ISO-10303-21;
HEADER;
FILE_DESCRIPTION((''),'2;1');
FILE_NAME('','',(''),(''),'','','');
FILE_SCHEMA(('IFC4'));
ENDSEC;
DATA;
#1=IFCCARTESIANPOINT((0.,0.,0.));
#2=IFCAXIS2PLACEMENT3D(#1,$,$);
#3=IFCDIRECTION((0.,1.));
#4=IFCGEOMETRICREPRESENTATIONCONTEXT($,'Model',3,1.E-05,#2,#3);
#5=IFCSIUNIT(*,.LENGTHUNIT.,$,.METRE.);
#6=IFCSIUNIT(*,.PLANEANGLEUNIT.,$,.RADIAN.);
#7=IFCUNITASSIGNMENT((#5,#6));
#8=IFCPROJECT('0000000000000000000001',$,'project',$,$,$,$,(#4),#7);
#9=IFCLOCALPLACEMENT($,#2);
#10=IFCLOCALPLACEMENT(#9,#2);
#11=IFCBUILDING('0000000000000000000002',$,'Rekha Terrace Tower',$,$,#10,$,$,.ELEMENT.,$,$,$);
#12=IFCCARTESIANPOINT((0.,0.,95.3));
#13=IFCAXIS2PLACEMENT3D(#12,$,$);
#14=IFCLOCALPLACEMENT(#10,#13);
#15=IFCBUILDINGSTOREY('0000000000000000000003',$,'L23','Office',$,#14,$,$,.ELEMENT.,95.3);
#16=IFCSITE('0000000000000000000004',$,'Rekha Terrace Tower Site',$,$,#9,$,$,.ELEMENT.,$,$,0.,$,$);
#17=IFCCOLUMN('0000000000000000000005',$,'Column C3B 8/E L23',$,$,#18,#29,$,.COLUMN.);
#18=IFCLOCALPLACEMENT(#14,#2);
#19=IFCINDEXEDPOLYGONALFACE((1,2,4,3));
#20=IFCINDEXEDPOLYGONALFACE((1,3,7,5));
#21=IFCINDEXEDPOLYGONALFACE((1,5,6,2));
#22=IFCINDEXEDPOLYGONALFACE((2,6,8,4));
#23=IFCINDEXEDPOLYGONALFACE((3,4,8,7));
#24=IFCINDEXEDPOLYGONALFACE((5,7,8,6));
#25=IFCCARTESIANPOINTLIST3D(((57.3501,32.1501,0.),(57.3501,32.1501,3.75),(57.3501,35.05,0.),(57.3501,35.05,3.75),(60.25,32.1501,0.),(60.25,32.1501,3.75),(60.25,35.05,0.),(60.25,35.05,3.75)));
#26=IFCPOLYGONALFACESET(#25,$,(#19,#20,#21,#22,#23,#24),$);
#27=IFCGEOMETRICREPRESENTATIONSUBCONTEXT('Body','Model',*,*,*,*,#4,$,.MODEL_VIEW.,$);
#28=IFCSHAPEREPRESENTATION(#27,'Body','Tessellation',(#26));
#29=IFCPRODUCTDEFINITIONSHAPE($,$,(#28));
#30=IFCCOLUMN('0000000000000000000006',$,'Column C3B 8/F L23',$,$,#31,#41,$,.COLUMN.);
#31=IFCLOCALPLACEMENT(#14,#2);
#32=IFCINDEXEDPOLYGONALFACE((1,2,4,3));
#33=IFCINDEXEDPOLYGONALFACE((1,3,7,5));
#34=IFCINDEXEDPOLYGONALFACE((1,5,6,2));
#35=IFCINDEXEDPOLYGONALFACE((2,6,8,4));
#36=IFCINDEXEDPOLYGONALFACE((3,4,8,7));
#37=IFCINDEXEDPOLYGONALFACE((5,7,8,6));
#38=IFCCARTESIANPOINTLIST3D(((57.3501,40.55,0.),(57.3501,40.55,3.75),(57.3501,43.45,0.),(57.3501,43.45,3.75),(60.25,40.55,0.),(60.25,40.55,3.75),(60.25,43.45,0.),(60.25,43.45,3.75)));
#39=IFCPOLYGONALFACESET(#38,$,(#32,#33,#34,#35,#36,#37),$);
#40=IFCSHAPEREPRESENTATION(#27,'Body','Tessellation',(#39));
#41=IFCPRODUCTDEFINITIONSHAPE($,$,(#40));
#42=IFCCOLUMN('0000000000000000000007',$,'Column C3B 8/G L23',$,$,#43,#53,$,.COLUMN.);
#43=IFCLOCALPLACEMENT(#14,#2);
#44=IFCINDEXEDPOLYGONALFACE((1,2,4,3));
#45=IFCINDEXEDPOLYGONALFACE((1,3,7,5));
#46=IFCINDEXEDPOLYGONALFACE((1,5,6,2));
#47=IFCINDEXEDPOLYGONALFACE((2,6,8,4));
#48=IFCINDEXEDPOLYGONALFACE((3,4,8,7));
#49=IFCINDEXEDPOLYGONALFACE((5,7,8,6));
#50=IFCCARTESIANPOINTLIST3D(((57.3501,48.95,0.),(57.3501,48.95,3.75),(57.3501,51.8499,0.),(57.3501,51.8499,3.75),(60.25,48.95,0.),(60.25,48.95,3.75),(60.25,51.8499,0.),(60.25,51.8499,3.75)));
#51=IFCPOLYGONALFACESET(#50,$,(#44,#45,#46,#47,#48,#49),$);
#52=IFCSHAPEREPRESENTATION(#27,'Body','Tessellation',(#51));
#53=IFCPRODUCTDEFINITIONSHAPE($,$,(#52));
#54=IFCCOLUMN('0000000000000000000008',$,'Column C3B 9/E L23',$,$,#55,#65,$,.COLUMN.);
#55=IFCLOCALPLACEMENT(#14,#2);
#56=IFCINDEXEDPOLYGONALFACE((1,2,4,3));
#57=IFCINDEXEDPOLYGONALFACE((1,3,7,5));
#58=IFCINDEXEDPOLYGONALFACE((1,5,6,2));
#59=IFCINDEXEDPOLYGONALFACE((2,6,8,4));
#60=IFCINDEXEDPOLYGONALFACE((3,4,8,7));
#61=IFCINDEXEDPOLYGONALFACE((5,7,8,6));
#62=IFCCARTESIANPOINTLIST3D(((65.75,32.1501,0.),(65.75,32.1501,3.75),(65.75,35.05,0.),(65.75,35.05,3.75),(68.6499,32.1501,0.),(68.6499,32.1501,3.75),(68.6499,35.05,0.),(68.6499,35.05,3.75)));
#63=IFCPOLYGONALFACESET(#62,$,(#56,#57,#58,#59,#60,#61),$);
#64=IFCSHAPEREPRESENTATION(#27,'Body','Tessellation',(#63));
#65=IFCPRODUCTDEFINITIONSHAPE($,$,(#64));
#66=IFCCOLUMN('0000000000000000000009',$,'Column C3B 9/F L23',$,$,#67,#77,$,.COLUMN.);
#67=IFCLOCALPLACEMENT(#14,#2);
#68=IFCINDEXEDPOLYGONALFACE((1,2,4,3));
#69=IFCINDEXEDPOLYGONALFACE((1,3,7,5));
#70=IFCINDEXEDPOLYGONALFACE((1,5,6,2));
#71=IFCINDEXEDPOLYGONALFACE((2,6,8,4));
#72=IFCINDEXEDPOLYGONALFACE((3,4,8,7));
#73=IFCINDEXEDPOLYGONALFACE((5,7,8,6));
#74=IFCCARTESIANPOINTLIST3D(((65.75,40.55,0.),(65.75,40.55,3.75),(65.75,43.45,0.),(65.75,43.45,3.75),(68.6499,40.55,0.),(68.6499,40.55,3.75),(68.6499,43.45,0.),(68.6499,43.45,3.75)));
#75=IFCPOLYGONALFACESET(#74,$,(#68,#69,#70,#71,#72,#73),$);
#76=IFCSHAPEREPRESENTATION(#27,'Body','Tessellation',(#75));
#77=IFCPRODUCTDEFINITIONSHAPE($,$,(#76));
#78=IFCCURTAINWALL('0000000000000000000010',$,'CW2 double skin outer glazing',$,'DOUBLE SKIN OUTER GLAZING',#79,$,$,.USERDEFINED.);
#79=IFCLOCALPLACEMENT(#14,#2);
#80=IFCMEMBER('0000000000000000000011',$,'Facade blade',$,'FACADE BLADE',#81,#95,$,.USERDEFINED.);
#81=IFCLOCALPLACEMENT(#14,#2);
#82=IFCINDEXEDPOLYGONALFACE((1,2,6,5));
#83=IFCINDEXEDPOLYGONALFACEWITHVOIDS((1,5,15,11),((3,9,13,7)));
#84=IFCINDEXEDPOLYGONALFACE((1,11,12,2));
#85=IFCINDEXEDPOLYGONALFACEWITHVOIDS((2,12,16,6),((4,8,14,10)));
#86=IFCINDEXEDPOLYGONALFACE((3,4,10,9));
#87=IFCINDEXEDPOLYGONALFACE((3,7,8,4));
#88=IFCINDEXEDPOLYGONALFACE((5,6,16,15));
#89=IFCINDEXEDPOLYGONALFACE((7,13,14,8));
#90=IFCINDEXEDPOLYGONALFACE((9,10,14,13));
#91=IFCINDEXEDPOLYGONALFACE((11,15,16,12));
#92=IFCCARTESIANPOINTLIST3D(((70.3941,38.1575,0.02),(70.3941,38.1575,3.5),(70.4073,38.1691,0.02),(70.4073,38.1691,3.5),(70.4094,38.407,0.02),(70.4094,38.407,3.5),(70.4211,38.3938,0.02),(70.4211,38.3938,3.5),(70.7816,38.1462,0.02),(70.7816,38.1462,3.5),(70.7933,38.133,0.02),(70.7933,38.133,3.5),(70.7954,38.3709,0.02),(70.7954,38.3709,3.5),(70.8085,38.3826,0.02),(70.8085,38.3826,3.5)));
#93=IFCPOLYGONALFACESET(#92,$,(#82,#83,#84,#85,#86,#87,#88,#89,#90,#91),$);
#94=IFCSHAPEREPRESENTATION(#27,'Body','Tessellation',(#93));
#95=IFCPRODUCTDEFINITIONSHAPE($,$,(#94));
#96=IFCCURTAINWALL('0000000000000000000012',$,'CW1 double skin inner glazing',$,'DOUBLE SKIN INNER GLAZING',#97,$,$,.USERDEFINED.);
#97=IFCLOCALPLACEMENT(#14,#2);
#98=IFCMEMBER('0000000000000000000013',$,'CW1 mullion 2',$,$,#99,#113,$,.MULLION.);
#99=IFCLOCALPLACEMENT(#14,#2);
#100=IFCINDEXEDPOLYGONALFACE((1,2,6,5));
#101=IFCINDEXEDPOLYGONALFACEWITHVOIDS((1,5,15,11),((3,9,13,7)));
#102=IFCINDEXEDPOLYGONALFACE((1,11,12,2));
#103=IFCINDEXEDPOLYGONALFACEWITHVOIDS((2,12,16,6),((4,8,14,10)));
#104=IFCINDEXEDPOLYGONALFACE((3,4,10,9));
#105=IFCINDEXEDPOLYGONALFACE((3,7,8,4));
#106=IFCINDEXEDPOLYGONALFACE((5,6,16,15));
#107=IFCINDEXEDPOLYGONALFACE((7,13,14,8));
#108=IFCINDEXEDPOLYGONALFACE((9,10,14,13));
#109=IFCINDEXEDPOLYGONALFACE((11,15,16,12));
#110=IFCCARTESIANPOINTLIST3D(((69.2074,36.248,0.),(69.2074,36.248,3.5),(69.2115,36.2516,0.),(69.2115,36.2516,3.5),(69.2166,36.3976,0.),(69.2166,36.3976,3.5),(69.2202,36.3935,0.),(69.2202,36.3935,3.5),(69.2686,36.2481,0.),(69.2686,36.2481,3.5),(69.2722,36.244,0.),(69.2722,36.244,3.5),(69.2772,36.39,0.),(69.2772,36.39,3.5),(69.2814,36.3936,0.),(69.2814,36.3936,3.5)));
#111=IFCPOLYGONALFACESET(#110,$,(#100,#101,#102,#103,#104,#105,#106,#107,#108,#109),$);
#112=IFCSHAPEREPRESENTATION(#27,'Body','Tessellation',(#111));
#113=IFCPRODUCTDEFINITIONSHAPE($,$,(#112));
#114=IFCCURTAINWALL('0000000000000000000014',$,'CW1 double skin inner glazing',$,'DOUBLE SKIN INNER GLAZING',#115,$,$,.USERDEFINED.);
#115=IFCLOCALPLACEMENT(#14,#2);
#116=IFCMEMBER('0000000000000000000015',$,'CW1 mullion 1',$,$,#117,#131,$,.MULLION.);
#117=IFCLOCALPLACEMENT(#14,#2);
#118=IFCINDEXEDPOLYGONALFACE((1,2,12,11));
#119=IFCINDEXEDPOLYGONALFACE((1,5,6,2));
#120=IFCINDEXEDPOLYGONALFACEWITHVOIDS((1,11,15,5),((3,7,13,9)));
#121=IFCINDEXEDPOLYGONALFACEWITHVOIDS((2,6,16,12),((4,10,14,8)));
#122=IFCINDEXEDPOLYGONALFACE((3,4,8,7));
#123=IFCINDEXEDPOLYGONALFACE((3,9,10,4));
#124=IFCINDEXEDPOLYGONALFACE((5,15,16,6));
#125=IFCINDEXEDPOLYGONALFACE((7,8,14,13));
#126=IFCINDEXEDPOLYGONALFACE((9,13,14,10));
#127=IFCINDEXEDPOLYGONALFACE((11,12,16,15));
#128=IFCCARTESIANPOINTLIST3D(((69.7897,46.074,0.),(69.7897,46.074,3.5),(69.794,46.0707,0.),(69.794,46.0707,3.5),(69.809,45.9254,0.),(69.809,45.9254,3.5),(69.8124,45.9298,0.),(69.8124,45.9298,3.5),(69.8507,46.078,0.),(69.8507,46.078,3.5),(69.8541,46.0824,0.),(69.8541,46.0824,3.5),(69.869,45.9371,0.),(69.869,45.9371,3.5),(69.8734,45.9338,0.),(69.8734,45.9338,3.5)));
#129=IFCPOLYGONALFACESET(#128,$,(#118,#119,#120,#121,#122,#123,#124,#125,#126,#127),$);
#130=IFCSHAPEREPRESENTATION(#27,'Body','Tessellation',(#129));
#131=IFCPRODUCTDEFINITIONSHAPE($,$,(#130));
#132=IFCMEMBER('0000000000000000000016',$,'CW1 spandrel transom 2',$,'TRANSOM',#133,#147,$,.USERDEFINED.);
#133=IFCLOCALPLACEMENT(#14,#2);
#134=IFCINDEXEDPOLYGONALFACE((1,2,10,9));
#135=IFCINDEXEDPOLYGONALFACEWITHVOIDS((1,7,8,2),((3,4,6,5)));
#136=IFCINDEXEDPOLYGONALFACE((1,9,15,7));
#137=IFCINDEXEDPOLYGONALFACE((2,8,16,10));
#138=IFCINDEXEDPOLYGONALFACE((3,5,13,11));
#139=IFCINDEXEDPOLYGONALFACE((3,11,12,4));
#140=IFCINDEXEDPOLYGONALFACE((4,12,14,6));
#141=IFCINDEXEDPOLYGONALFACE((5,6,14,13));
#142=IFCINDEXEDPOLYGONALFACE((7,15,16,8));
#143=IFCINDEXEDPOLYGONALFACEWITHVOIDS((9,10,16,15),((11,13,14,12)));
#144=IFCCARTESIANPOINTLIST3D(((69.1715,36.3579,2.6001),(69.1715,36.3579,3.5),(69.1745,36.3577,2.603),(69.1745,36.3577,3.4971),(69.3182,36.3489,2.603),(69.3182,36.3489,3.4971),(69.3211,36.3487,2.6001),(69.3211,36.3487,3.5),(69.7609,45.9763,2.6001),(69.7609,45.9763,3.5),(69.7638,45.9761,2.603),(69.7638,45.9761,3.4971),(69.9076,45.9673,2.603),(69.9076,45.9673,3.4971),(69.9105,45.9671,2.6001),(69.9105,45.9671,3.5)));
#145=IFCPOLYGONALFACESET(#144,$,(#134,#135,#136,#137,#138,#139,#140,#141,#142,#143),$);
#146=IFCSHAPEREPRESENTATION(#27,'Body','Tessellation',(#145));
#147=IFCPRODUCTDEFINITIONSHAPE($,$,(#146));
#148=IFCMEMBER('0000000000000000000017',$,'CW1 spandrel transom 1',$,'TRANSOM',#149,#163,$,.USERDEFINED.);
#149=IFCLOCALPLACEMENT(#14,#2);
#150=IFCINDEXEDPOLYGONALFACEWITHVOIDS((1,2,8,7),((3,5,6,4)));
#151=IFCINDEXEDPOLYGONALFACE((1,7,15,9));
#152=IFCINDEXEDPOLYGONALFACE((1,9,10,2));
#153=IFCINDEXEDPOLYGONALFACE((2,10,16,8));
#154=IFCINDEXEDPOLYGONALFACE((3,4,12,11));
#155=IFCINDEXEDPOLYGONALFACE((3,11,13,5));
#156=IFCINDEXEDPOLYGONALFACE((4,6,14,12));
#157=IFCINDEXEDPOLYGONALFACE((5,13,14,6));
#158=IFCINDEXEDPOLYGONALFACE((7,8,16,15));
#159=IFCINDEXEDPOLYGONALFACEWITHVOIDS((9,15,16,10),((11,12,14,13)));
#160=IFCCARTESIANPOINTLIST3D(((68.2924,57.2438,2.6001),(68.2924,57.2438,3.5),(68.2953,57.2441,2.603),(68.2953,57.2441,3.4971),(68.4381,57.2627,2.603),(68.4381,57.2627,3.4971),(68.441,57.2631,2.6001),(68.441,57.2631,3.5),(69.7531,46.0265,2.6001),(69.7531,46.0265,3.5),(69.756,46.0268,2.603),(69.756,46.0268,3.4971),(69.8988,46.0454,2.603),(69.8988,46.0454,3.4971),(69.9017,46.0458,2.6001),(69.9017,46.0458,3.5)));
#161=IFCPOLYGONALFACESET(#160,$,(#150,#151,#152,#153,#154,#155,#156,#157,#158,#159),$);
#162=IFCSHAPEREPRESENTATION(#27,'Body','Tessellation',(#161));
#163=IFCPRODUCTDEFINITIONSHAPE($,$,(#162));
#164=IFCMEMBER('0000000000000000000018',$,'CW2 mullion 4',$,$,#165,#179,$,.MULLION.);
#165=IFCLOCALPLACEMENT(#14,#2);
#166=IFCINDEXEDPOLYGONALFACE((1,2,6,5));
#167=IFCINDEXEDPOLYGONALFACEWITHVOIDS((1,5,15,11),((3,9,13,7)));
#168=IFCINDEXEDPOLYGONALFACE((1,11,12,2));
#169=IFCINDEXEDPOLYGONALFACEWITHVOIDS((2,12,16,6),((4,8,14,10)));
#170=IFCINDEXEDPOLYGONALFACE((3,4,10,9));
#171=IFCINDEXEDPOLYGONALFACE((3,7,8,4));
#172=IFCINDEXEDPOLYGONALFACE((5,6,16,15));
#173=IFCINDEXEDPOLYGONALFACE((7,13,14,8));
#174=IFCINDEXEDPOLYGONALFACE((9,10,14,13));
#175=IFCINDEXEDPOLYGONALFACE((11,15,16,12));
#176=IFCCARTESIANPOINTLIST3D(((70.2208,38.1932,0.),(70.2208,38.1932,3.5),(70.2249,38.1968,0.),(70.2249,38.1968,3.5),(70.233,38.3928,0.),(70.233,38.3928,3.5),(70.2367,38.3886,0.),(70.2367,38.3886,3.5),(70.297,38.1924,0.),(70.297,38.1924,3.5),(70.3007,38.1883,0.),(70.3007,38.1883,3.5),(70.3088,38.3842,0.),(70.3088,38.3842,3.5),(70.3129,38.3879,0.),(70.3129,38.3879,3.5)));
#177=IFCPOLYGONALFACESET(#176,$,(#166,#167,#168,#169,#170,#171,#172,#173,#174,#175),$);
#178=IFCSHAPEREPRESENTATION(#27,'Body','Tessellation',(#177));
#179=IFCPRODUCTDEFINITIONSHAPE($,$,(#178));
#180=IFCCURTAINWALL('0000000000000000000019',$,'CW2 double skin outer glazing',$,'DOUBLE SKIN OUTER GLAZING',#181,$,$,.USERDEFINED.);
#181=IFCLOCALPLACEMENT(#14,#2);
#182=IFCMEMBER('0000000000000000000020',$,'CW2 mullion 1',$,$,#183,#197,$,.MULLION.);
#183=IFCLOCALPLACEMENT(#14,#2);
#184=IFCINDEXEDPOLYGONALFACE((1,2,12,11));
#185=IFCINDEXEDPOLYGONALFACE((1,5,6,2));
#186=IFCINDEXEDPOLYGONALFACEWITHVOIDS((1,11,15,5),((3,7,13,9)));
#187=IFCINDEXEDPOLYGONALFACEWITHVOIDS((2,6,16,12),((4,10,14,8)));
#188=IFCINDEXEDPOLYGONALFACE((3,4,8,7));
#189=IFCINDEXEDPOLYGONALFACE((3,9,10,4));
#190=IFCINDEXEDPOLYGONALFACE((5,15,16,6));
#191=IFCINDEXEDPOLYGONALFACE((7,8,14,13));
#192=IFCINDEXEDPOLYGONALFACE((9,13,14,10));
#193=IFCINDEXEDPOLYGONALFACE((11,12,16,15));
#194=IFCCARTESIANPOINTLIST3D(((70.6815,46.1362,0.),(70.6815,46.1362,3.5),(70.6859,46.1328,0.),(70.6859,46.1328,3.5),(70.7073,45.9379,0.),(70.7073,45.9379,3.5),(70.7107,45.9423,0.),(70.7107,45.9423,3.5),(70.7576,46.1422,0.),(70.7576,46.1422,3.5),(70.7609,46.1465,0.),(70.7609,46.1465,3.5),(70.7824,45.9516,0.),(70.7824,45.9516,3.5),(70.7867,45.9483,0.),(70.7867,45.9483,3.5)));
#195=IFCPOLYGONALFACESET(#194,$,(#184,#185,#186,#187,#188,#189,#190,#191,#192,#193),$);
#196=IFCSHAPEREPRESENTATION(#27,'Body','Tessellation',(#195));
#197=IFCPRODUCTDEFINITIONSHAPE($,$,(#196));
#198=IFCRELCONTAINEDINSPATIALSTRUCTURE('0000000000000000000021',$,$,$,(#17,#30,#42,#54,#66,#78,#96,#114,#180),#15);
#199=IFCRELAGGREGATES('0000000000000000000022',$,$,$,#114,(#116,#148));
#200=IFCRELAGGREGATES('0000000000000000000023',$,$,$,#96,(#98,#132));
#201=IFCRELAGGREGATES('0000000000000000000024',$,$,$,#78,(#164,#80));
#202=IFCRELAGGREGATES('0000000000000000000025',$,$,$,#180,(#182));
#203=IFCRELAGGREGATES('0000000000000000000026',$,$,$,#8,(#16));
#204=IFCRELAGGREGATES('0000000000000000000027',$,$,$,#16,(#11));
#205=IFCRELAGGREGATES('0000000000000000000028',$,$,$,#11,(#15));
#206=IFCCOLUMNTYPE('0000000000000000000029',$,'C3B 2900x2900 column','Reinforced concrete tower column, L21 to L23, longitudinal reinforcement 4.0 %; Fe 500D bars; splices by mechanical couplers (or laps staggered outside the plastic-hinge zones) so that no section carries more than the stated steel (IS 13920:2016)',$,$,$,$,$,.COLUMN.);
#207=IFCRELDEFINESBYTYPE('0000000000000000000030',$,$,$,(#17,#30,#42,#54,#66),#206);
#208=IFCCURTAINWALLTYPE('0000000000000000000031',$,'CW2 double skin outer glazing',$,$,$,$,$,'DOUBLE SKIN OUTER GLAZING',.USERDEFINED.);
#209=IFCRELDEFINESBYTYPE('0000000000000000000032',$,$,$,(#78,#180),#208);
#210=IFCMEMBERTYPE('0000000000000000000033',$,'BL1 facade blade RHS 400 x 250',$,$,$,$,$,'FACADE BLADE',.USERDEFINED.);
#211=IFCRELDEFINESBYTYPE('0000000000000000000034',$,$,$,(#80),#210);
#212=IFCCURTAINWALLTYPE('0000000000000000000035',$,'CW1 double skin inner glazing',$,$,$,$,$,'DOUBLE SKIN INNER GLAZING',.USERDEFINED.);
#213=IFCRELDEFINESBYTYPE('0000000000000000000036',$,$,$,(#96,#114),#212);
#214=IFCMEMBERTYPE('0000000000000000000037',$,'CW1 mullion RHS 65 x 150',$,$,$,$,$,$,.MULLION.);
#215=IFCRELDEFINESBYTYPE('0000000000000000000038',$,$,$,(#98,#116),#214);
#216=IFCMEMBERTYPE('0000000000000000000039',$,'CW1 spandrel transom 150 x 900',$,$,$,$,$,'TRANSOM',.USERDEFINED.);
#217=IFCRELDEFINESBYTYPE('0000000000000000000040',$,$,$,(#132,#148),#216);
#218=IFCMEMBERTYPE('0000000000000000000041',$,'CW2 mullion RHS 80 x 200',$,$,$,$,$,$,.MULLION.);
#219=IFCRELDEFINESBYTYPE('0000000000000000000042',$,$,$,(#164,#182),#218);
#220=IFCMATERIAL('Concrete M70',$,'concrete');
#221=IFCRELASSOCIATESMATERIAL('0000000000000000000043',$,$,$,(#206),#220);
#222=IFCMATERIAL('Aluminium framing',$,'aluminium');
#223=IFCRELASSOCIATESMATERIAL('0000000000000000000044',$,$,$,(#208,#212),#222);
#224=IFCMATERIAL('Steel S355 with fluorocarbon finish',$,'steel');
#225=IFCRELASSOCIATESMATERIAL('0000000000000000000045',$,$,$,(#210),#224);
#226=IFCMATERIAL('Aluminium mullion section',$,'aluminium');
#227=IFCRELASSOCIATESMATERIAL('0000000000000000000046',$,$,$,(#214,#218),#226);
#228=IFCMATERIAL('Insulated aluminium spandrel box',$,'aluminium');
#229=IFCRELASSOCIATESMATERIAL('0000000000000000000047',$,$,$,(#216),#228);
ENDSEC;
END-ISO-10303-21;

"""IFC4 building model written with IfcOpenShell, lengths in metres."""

from ifc_helpers import new_model, si_unit, direction, frame, origin, origin_2d, place, context, subcontext, project, spatial, rectangle, hollow_rectangle, extrude, material, material_profile, profile_set, type_object, element, aggregate, save


model = new_model("IFC4")

# Units and contexts
model_context = context("Model", 3, precision=1e-05, world=origin(), true_north=direction((0.0, 1.0)))
body_context = subcontext(model_context, "Body", "Model", "MODEL_VIEW")
ifc_project = project(units=[si_unit("LENGTHUNIT", "METRE"), si_unit("PLANEANGLEUNIT", "RADIAN")], contexts=[model_context])

# Site, building, storey
site_placement = place(None, origin())
site = spatial("IfcSite", under=ifc_project, at=site_placement, Name="Rekha Terrace Tower Site", CompositionType="ELEMENT", RefElevation=0.0)
building_placement = place(site_placement, origin())
building = spatial("IfcBuilding", under=site, at=building_placement, Name="Rekha Terrace Tower", CompositionType="ELEMENT")
storey_placement = place(building_placement, frame((0.0, 0.0, 95.3)))
storey = spatial("IfcBuildingStorey", under=building, at=storey_placement, Name="L23", Description="Office", CompositionType="ELEMENT", Elevation=95.3)

# Columns
ifc_material_1 = material(Name="Concrete M70", Category="concrete")
ifc_material_profile_1 = material_profile(ifc_material_1, rectangle(XDim=2.8999, YDim=2.8999, at=origin_2d()), Name="RC 2900x2900")
ifc_profile_set_1 = profile_set([ifc_material_profile_1], Name="Concrete M70")
column_type = type_object("IfcColumnType", Name="C3B 2900x2900 column", Description="Reinforced concrete tower column, L21 to L23, longitudinal reinforcement 4.0 %; Fe 500D bars; splices by mechanical couplers (or laps staggered outside the plastic-hinge zones) so that no section carries more than the stated steel (IS 13920:2016)", PredefinedType="COLUMN", material=ifc_profile_set_1)
for number, where, z_axis, x_axis, name in (
    (1, (58.8, 33.6001, 0.0), (0.0, 0.0, 1.0), (1.0, 0.0, 0.0), "Column C3B 8/E L23"),
    (2, (58.8, 42.0, 0.0), (0.0, 0.0, 1.0), (1.0, 0.0, 0.0), "Column C3B 8/F L23"),
    (3, (58.8, 50.3999, 0.0), (0.0, 0.0, 1.0), (1.0, 0.0, 0.0), "Column C3B 8/G L23"),
    (4, (67.2, 33.6001, 0.0), (0.0, 0.0, 1.0), (1.0, 0.0, 0.0), "Column C3B 9/E L23"),
    (5, (67.2, 42.0, 0.0), (0.0, 0.0, 1.0), (1.0, 0.0, 0.0), "Column C3B 9/F L23"),
):
    element("IfcColumn", number, at=place(storey_placement, frame(where, z_axis=z_axis, x_axis=x_axis)), inside=storey, type_object=column_type, Name=name, PredefinedType="COLUMN", context=body_context, shape_type="SweptSolid", body=[
        extrude(rectangle(XDim=2.8999, YDim=2.8999, at=origin_2d()), origin(), (0.0, 0.0, 1.0), 3.75),
    ])

# Curtain walls, members
ifc_material_2 = material(Name="Aluminium framing", Category="aluminium")
curtain_wall_type_1 = type_object("IfcCurtainWallType", Name="CW2 double skin outer glazing", ElementType="DOUBLE SKIN OUTER GLAZING", PredefinedType="USERDEFINED", material=ifc_material_2)
curtain_wall_1_placement = place(storey_placement, origin())
curtain_wall_1 = element("IfcCurtainWall", 6, at=curtain_wall_1_placement, inside=storey, type_object=curtain_wall_type_1, Name="CW2 double skin outer glazing", ObjectType="DOUBLE SKIN OUTER GLAZING", PredefinedType="USERDEFINED")
ifc_material_3 = material(Name="Steel S355 with fluorocarbon finish", Category="steel")
ifc_material_profile_2 = material_profile(ifc_material_3, hollow_rectangle(XDim=0.25, YDim=0.3999, WallThickness=0.0125, at=origin_2d()), Name="RHS400x250x12.5")
ifc_profile_set_2 = profile_set([ifc_material_profile_2], Name="Steel S355 with fluorocarbon finish")
member_type_1 = type_object("IfcMemberType", Name="BL1 facade blade RHS 400 x 250", ElementType="FACADE BLADE", PredefinedType="USERDEFINED", material=ifc_profile_set_2)
member_1_placement = place(storey_placement, frame((70.6013, 38.27, 0.02), z_axis=(0.0, 0.0, 1.0), x_axis=(0.06116, 0.998128, 0.0)))
member_1 = element("IfcMember", 7, at=member_1_placement, type_object=member_type_1, Name="Facade blade", ObjectType="FACADE BLADE", PredefinedType="USERDEFINED", context=body_context, shape_type="SweptSolid", body=[
    extrude(hollow_rectangle(XDim=0.25, YDim=0.3999, WallThickness=0.0125, at=origin_2d()), origin(), (0.0, 0.0, 1.0), 3.48),
])
curtain_wall_type_2 = type_object("IfcCurtainWallType", Name="CW1 double skin inner glazing", ElementType="DOUBLE SKIN INNER GLAZING", PredefinedType="USERDEFINED", material=ifc_material_2)
curtain_wall_2_placement = place(storey_placement, origin())
curtain_wall_2 = element("IfcCurtainWall", 8, at=curtain_wall_2_placement, inside=storey, type_object=curtain_wall_type_2, Name="CW1 double skin inner glazing", ObjectType="DOUBLE SKIN INNER GLAZING", PredefinedType="USERDEFINED")
ifc_material_4 = material(Name="Aluminium mullion section", Category="aluminium")
ifc_material_profile_3 = material_profile(ifc_material_4, hollow_rectangle(XDim=0.0649, YDim=0.1499, WallThickness=0.0039, at=origin_2d()), Name="AL RHS 65x150")
ifc_profile_set_3 = profile_set([ifc_material_profile_3], Name="Aluminium mullion section")
member_type_2 = type_object("IfcMemberType", Name="CW1 mullion RHS 65 x 150", PredefinedType="MULLION", material=ifc_profile_set_3)
member_2_placement = place(storey_placement, frame((69.2444, 36.3208, 0.0), z_axis=(0.0, 0.0, 1.0), x_axis=(-0.998128, 0.06116, 0.0)))
member_2 = element("IfcMember", 9, at=member_2_placement, type_object=member_type_2, Name="CW1 mullion 2", PredefinedType="MULLION", context=body_context, shape_type="SweptSolid", body=[
    extrude(hollow_rectangle(XDim=0.0649, YDim=0.1499, WallThickness=0.0039, at=origin_2d()), origin(), (0.0, 0.0, 1.0), 3.5),
])
curtain_wall_3_placement = place(storey_placement, origin())
curtain_wall_3 = element("IfcCurtainWall", 10, at=curtain_wall_3_placement, inside=storey, type_object=curtain_wall_type_2, Name="CW1 double skin inner glazing", ObjectType="DOUBLE SKIN INNER GLAZING", PredefinedType="USERDEFINED")
member_3_placement = place(storey_placement, frame((69.8315, 46.0039, 0.0), z_axis=(0.0, 0.0, 1.0), x_axis=(-0.991629, -0.129118, 0.0)))
member_3 = element("IfcMember", 11, at=member_3_placement, type_object=member_type_2, Name="CW1 mullion 1", PredefinedType="MULLION", context=body_context, shape_type="SweptSolid", body=[
    extrude(hollow_rectangle(XDim=0.0649, YDim=0.1499, WallThickness=0.0039, at=origin_2d()), origin(), (0.0, 0.0, 1.0), 3.5),
])

# Members
ifc_material_5 = material(Name="Insulated aluminium spandrel box", Category="aluminium")
ifc_material_profile_4 = material_profile(ifc_material_5, hollow_rectangle(XDim=0.1499, YDim=0.8999, WallThickness=0.0029, at=origin_2d()), Name="AL SPANDREL BOX 150x900")
ifc_profile_set_4 = profile_set([ifc_material_profile_4], Name="Insulated aluminium spandrel box")
member_type_3 = type_object("IfcMemberType", Name="CW1 spandrel transom 150 x 900", ElementType="TRANSOM", PredefinedType="USERDEFINED", material=ifc_profile_set_4)
member_4_placement = place(storey_placement, frame((69.2463, 36.3533, 3.05), z_axis=(0.061159, 0.998128, 0.0), x_axis=(-0.998128, 0.061159, 0.0)))
member_4 = element("IfcMember", 12, at=member_4_placement, type_object=member_type_3, Name="CW1 spandrel transom 2", ObjectType="TRANSOM", PredefinedType="USERDEFINED", context=body_context, shape_type="SweptSolid", body=[
    extrude(hollow_rectangle(XDim=0.1499, YDim=0.8999, WallThickness=0.0029, at=origin_2d()), origin(), (0.0, 0.0, 1.0), 9.6365),
])
member_5_placement = place(storey_placement, frame((69.8274, 46.0361, 3.05), z_axis=(-0.129128, 0.991628, 0.0), x_axis=(-0.991628, -0.129128, 0.0)))
member_5 = element("IfcMember", 13, at=member_5_placement, type_object=member_type_3, Name="CW1 spandrel transom 1", ObjectType="TRANSOM", PredefinedType="USERDEFINED", context=body_context, shape_type="SweptSolid", body=[
    extrude(hollow_rectangle(XDim=0.1499, YDim=0.8999, WallThickness=0.0029, at=origin_2d()), origin(), (0.0, 0.0, 1.0), 11.312),
])
aggregate(curtain_wall_3, [member_3, member_5])
ifc_material_profile_5 = material_profile(ifc_material_4, hollow_rectangle(XDim=0.0801, YDim=0.2, WallThickness=0.0039, at=origin_2d()), Name="AL RHS 80x200")
ifc_profile_set_5 = profile_set([ifc_material_profile_5], Name="Aluminium mullion section")
member_type_4 = type_object("IfcMemberType", Name="CW2 mullion RHS 80 x 200", PredefinedType="MULLION", material=ifc_profile_set_5)
member_6_placement = place(storey_placement, frame((70.2668, 38.2905, 0.0), z_axis=(0.0, 0.0, 1.0), x_axis=(-0.998128, 0.06116, 0.0)))
member_6 = element("IfcMember", 14, at=member_6_placement, type_object=member_type_4, Name="CW2 mullion 4", PredefinedType="MULLION", context=body_context, shape_type="SweptSolid", body=[
    extrude(hollow_rectangle(XDim=0.0801, YDim=0.2, WallThickness=0.0039, at=origin_2d()), origin(), (0.0, 0.0, 1.0), 3.5),
])

# Curtain wall, member
curtain_wall_4_placement = place(storey_placement, origin())
curtain_wall_4 = element("IfcCurtainWall", 15, at=curtain_wall_4_placement, inside=storey, type_object=curtain_wall_type_1, Name="CW2 double skin outer glazing", ObjectType="DOUBLE SKIN OUTER GLAZING", PredefinedType="USERDEFINED")
member_7_placement = place(storey_placement, frame((70.7341, 46.0422, 0.0), z_axis=(0.0, 0.0, 1.0), x_axis=(-0.991629, -0.129118, 0.0)))
member_7 = element("IfcMember", 16, at=member_7_placement, type_object=member_type_4, Name="CW2 mullion 1", PredefinedType="MULLION", context=body_context, shape_type="SweptSolid", body=[
    extrude(hollow_rectangle(XDim=0.0801, YDim=0.2, WallThickness=0.0039, at=origin_2d()), origin(), (0.0, 0.0, 1.0), 3.5),
])

aggregate(curtain_wall_2, [member_2, member_4])
aggregate(curtain_wall_1, [member_6, member_1])
aggregate(curtain_wall_4, [member_7])

save(model, "model.ifc")
